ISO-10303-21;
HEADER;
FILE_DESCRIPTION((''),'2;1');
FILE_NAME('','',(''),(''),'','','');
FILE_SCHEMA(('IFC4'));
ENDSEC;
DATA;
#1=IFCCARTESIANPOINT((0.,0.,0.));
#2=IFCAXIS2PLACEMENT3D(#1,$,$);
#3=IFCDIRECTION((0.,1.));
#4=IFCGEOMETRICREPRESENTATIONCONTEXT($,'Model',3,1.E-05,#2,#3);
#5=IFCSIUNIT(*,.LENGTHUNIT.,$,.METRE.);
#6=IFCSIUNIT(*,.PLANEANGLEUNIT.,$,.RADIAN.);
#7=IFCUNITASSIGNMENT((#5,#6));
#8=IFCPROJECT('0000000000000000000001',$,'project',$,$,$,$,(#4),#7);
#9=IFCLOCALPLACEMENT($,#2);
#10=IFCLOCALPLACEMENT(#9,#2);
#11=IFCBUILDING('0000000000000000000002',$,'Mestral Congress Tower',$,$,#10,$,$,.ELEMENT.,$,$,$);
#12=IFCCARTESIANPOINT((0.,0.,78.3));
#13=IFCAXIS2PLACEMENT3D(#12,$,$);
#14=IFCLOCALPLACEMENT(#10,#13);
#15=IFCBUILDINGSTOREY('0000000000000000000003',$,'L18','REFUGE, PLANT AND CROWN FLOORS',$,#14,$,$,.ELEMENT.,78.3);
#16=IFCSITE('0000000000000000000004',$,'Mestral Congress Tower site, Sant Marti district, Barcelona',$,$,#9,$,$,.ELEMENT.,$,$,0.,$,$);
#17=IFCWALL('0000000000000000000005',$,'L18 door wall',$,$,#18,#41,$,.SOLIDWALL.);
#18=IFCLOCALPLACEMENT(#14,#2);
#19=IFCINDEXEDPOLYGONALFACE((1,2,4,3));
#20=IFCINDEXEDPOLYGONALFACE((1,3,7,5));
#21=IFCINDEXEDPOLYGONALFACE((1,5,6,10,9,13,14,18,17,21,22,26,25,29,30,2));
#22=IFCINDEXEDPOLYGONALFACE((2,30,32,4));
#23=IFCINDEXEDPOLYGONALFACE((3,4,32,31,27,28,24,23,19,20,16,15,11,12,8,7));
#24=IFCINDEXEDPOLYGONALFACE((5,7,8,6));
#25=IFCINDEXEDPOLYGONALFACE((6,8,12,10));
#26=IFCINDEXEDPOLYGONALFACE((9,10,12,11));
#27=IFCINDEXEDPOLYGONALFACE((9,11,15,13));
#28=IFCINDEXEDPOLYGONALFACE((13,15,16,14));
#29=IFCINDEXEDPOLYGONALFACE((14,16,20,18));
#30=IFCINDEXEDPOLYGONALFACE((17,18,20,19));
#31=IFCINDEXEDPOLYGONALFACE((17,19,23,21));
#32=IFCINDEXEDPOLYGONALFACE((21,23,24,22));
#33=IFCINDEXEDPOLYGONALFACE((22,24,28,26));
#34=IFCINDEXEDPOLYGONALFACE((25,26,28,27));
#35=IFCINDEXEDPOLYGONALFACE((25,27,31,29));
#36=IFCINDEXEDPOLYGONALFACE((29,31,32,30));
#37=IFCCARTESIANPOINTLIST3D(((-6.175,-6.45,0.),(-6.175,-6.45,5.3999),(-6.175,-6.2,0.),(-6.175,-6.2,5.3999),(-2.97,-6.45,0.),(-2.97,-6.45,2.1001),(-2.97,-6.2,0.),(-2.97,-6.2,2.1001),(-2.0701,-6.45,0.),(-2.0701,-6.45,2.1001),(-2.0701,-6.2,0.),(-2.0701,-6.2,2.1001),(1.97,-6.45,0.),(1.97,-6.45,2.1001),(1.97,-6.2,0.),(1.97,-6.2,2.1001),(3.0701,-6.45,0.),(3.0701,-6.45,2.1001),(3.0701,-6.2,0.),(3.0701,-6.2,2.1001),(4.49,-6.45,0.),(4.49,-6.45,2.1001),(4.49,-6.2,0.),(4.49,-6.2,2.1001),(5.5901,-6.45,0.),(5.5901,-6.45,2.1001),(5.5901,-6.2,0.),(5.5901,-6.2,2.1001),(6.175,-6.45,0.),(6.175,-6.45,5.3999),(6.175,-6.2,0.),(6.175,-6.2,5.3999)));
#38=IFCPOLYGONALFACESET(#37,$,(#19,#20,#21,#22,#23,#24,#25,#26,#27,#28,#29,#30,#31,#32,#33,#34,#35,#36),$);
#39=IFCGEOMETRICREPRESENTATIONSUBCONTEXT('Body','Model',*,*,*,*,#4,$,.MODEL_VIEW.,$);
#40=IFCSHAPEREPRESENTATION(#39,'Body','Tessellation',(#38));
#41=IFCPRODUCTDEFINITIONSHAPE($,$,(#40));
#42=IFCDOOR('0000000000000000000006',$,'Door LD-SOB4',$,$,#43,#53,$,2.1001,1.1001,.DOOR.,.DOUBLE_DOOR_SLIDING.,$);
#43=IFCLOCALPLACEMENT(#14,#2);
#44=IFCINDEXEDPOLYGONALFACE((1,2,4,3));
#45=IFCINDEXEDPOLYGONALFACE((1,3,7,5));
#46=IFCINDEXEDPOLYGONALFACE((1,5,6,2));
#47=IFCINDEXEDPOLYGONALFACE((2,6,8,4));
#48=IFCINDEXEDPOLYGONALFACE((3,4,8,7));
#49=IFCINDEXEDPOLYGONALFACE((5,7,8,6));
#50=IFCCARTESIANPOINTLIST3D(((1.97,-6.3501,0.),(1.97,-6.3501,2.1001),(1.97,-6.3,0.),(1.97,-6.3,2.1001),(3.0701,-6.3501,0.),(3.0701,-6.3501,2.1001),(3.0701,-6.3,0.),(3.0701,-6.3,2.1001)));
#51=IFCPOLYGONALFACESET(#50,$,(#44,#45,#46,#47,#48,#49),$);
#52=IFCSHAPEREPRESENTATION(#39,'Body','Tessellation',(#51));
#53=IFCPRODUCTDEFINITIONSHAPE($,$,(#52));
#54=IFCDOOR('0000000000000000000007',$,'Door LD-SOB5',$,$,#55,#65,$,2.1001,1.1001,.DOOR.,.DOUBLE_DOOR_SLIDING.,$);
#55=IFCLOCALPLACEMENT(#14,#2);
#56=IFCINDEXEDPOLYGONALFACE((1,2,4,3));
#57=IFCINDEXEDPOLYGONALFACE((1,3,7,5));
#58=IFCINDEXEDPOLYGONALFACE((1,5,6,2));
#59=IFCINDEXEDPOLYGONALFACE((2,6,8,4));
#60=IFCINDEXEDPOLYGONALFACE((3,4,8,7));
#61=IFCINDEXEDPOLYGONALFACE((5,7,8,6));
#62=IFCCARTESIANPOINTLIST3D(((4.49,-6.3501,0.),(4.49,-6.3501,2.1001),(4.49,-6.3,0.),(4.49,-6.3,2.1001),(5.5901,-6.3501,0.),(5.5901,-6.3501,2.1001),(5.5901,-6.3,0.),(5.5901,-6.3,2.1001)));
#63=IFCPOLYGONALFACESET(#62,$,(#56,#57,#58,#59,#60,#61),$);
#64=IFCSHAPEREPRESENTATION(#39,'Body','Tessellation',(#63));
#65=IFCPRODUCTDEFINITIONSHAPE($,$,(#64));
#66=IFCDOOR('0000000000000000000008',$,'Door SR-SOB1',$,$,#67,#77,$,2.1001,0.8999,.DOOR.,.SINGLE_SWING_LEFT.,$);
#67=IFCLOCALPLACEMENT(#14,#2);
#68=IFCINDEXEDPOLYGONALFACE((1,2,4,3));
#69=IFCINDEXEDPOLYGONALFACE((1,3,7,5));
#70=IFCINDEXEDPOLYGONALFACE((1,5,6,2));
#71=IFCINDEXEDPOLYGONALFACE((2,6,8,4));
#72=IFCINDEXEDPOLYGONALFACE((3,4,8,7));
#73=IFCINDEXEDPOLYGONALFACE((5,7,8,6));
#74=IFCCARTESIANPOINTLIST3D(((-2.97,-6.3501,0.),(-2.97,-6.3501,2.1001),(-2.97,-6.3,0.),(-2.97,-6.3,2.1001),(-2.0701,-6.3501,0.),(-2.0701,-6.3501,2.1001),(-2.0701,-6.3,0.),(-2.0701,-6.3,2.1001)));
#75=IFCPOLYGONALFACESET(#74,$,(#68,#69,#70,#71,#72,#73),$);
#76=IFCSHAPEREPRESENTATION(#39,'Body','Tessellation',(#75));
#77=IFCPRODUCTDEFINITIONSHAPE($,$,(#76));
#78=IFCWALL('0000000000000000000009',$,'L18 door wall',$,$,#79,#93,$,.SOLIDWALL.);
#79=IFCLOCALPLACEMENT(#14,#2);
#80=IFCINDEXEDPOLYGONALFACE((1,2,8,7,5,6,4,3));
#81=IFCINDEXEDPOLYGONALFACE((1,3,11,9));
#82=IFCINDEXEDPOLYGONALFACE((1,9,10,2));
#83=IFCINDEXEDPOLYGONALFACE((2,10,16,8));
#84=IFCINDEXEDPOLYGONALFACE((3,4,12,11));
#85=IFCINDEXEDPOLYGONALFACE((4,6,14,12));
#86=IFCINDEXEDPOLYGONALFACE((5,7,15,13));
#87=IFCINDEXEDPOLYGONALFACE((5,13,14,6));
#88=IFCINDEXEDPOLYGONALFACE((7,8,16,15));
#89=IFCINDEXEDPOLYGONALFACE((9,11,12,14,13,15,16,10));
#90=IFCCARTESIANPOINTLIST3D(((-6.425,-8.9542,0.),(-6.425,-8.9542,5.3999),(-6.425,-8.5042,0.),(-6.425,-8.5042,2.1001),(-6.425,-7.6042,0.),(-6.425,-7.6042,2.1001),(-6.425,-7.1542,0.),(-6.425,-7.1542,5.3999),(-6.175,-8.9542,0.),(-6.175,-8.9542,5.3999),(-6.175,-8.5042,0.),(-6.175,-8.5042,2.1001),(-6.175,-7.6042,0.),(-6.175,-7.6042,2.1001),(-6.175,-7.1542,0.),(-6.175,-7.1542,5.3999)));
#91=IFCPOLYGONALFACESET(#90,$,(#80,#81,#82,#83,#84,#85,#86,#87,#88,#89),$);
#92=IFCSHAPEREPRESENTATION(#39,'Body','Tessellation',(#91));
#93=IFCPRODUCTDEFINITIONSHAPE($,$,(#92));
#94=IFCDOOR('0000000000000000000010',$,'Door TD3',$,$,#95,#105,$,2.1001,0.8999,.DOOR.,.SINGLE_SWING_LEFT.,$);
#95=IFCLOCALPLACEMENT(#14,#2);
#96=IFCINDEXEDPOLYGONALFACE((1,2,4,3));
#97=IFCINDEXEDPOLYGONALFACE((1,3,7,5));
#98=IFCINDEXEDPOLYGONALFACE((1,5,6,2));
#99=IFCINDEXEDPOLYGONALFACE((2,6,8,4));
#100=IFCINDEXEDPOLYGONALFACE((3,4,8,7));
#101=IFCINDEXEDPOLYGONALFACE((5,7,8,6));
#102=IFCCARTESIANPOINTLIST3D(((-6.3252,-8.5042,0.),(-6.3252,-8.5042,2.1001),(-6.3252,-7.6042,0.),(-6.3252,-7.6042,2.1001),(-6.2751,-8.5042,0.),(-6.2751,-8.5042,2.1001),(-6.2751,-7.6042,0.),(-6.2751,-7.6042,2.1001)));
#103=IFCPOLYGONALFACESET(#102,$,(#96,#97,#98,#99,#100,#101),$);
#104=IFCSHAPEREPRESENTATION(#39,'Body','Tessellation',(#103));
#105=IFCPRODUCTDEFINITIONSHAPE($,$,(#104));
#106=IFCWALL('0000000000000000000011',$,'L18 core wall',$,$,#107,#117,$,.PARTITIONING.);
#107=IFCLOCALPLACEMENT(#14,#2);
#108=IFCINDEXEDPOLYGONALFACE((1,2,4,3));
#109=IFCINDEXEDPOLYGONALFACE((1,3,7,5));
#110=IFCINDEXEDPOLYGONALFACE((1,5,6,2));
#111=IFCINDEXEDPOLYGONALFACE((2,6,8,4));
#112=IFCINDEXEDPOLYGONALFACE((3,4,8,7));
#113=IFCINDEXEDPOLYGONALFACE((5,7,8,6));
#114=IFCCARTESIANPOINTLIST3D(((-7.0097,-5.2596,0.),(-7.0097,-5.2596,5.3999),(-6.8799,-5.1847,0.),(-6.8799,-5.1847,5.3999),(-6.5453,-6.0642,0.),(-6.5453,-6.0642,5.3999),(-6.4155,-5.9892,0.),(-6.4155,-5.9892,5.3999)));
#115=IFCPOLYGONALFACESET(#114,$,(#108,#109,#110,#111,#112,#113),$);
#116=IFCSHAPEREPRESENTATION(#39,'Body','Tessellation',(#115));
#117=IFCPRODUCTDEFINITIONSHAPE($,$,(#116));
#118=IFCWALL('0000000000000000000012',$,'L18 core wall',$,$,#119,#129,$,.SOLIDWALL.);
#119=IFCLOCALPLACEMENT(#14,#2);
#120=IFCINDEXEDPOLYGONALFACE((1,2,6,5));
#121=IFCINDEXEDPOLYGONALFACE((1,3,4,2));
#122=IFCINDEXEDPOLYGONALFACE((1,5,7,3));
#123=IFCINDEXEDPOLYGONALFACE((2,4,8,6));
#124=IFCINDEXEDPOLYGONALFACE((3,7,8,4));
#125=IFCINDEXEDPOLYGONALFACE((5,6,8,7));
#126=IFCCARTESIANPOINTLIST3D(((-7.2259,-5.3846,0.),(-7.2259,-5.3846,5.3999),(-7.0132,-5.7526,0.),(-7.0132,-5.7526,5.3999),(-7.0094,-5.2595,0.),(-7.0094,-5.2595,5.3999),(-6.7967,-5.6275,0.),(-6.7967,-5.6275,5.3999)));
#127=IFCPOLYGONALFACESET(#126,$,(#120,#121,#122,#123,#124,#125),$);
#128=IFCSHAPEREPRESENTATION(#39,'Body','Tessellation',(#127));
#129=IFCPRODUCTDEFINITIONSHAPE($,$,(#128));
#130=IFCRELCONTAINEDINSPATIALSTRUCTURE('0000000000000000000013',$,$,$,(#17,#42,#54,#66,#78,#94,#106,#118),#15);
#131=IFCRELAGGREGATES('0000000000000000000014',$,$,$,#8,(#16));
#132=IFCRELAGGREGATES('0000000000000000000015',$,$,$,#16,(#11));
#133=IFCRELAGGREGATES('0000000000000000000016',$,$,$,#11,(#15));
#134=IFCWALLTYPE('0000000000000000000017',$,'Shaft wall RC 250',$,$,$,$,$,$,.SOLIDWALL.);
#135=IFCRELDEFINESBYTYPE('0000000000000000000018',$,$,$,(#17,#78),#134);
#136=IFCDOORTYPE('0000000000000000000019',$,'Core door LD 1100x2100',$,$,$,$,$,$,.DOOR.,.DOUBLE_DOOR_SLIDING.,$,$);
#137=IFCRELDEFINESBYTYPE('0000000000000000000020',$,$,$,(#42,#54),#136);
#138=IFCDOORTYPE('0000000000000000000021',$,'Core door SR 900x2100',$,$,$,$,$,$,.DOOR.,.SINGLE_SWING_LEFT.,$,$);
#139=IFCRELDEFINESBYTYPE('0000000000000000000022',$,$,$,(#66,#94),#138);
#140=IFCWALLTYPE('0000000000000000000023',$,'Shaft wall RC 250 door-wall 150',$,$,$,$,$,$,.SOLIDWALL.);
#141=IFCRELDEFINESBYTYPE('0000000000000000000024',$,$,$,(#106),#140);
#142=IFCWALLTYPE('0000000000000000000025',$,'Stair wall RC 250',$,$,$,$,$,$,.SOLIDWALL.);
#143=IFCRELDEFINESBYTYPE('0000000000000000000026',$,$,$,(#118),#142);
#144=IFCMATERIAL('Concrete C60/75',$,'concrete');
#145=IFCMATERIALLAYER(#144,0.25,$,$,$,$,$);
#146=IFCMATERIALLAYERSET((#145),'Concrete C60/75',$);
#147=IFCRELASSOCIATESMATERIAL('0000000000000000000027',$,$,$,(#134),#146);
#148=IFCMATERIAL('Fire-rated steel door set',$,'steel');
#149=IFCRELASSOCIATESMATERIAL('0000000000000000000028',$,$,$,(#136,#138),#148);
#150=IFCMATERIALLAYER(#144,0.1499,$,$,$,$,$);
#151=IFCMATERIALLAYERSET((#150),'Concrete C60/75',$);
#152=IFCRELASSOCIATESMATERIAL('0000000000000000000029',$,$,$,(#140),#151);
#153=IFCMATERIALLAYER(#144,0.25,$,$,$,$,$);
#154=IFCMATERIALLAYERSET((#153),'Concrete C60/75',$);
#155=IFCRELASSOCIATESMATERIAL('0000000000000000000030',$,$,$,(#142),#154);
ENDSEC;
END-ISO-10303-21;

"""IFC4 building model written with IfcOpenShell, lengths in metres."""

from ifc_helpers import new_model, si_unit, direction, frame, frame_2d, origin, place, context, subcontext, project, spatial, rectangle, extrude, material, layer, layer_set, type_object, element, fill, save


model = new_model("IFC4")

# Units and contexts
model_context = context("Model", 3, precision=1e-05, world=origin(), true_north=direction((0.0, 1.0)))
body_context = subcontext(model_context, "Body", "Model", "MODEL_VIEW")
ifc_project = project(units=[si_unit("LENGTHUNIT", "METRE"), si_unit("PLANEANGLEUNIT", "RADIAN")], contexts=[model_context])

# Site, building, storey
site_placement = place(None, origin())
site = spatial("IfcSite", under=ifc_project, at=site_placement, Name="Mestral Congress Tower site, Sant Marti district, Barcelona", CompositionType="ELEMENT", RefElevation=0.0)
building_placement = place(site_placement, origin())
building = spatial("IfcBuilding", under=site, at=building_placement, Name="Mestral Congress Tower", CompositionType="ELEMENT")
storey_placement = place(building_placement, frame((0.0, 0.0, 78.3)))
storey = spatial("IfcBuildingStorey", under=building, at=storey_placement, Name="L18", Description="REFUGE, PLANT AND CROWN FLOORS", CompositionType="ELEMENT", Elevation=78.3)

# Wall, openings, doors
ifc_material_1 = material(Name="Concrete C60/75", Category="concrete")
ifc_layer_1 = layer(ifc_material_1, 0.25)
ifc_layer_set_1 = layer_set([ifc_layer_1], Name="Concrete C60/75")
wall_type_1 = type_object("IfcWallType", Name="Shaft wall RC 250", PredefinedType="SOLIDWALL", material=ifc_layer_set_1)
ifc_material_2 = material(Name="Fire-rated steel door set", Category="steel")
door_type_1 = type_object("IfcDoorType", Name="Core door LD 1100x2100", OperationType="DOUBLE_DOOR_SLIDING", PredefinedType="DOOR", material=ifc_material_2)
wall_1_placement = place(storey_placement, frame((-6.175, -6.325, 0.0), z_axis=(0.0, 0.0, 1.0), x_axis=(1.0, 0.0, 0.0)))
wall_1 = element("IfcWall", 1, at=wall_1_placement, inside=storey, type_object=wall_type_1, Name="L18 door wall", PredefinedType="SOLIDWALL", context=body_context, shape_type="SweptSolid", body=[
    extrude(rectangle(XDim=12.3501, YDim=0.25, at=frame_2d((6.175, 0.0))), origin(), (0.0, 0.0, 1.0), 5.3999),
])
opening_1_placement = place(wall_1_placement, frame((3.2051, 0.0, 0.0)))
opening_1 = element("IfcOpeningElement", 2, at=opening_1_placement, cuts=wall_1, PredefinedType="OPENING", context=body_context, shape_type="SweptSolid", body=[
    extrude(rectangle(XDim=0.8999, YDim=2.1001, at=frame_2d((0.45, 1.05))), frame((0.0, 0.135, 0.0), z_axis=(0.0, -1.0, 0.0), x_axis=(1.0, 0.0, 0.0)), (0.0, 0.0, 1.0), 0.27),
])
opening_2_placement = place(wall_1_placement, frame((8.145, 0.0, 0.0)))
opening_2 = element("IfcOpeningElement", 3, at=opening_2_placement, cuts=wall_1, PredefinedType="OPENING", context=body_context, shape_type="SweptSolid", body=[
    extrude(rectangle(XDim=1.1001, YDim=2.1001, at=frame_2d((0.55, 1.05))), frame((0.0, 0.135, 0.0), z_axis=(0.0, -1.0, 0.0), x_axis=(1.0, 0.0, 0.0)), (0.0, 0.0, 1.0), 0.27),
])
opening_3_placement = place(wall_1_placement, frame((10.665, 0.0, 0.0)))
opening_3 = element("IfcOpeningElement", 4, at=opening_3_placement, cuts=wall_1, PredefinedType="OPENING", context=body_context, shape_type="SweptSolid", body=[
    extrude(rectangle(XDim=1.1001, YDim=2.1001, at=frame_2d((0.55, 1.05))), frame((0.0, 0.135, 0.0), z_axis=(0.0, -1.0, 0.0), x_axis=(1.0, 0.0, 0.0)), (0.0, 0.0, 1.0), 0.27),
])
door_1_placement = place(opening_2_placement, origin())
door_1 = element("IfcDoor", 5, at=door_1_placement, inside=storey, type_object=door_type_1, Name="Door LD-SOB4", OperationType="DOUBLE_DOOR_SLIDING", OverallHeight=2.1001, OverallWidth=1.1001, PredefinedType="DOOR", context=body_context, shape_type="SweptSolid", body=[
    extrude(rectangle(XDim=1.1001, YDim=2.1001, at=frame_2d((0.55, 1.05))), frame((0.0, 0.0249, 0.0), z_axis=(0.0, -1.0, 0.0), x_axis=(1.0, 0.0, 0.0)), (0.0, 0.0, 1.0), 0.05),
])
fill(opening_2, door_1)
door_2_placement = place(opening_3_placement, origin())
door_2 = element("IfcDoor", 6, at=door_2_placement, inside=storey, type_object=door_type_1, Name="Door LD-SOB5", OperationType="DOUBLE_DOOR_SLIDING", OverallHeight=2.1001, OverallWidth=1.1001, PredefinedType="DOOR", context=body_context, shape_type="SweptSolid", body=[
    extrude(rectangle(XDim=1.1001, YDim=2.1001, at=frame_2d((0.55, 1.05))), frame((0.0, 0.0249, 0.0), z_axis=(0.0, -1.0, 0.0), x_axis=(1.0, 0.0, 0.0)), (0.0, 0.0, 1.0), 0.05),
])
fill(opening_3, door_2)
door_type_2 = type_object("IfcDoorType", Name="Core door SR 900x2100", OperationType="SINGLE_SWING_LEFT", PredefinedType="DOOR", material=ifc_material_2)
door_3_placement = place(opening_1_placement, origin())
door_3 = element("IfcDoor", 7, at=door_3_placement, inside=storey, type_object=door_type_2, Name="Door SR-SOB1", OperationType="SINGLE_SWING_LEFT", OverallHeight=2.1001, OverallWidth=0.8999, PredefinedType="DOOR", context=body_context, shape_type="SweptSolid", body=[
    extrude(rectangle(XDim=0.8999, YDim=2.1001, at=frame_2d((0.45, 1.05))), frame((0.0, 0.0249, 0.0), z_axis=(0.0, -1.0, 0.0), x_axis=(1.0, 0.0, 0.0)), (0.0, 0.0, 1.0), 0.05),
])
fill(opening_1, door_3)

# Wall, opening, door
wall_2_placement = place(storey_placement, frame((-6.3, -7.1543, 0.0), z_axis=(0.0, 0.0, 1.0), x_axis=(0.0, -1.0, 0.0)))
wall_2 = element("IfcWall", 8, at=wall_2_placement, inside=storey, type_object=wall_type_1, Name="L18 door wall", PredefinedType="SOLIDWALL", context=body_context, shape_type="SweptSolid", body=[
    extrude(rectangle(XDim=1.8, YDim=0.25, at=frame_2d((0.8999, 0.0))), origin(), (0.0, 0.0, 1.0), 5.3999),
])
opening_4_placement = place(wall_2_placement, frame((0.45, 0.0, 0.0)))
opening_4 = element("IfcOpeningElement", 9, at=opening_4_placement, cuts=wall_2, PredefinedType="OPENING", context=body_context, shape_type="SweptSolid", body=[
    extrude(rectangle(XDim=0.8999, YDim=2.1001, at=frame_2d((0.45, 1.05))), frame((0.0, 0.135, 0.0), z_axis=(0.0, -1.0, 0.0), x_axis=(1.0, 0.0, 0.0)), (0.0, 0.0, 1.0), 0.27),
])
door_4_placement = place(opening_4_placement, origin())
door_4 = element("IfcDoor", 10, at=door_4_placement, inside=storey, type_object=door_type_2, Name="Door TD3", OperationType="SINGLE_SWING_LEFT", OverallHeight=2.1001, OverallWidth=0.8999, PredefinedType="DOOR", context=body_context, shape_type="SweptSolid", body=[
    extrude(rectangle(XDim=0.8999, YDim=2.1001, at=frame_2d((0.45, 1.05))), frame((0.0, 0.0249, 0.0), z_axis=(0.0, -1.0, 0.0), x_axis=(1.0, 0.0, 0.0)), (0.0, 0.0, 1.0), 0.05),
])
fill(opening_4, door_4)

# Walls
ifc_layer_2 = layer(ifc_material_1, 0.1499)
ifc_layer_set_2 = layer_set([ifc_layer_2], Name="Concrete C60/75")
wall_type_2 = type_object("IfcWallType", Name="Shaft wall RC 250 door-wall 150", PredefinedType="SOLIDWALL", material=ifc_layer_set_2)
wall_3_placement = place(storey_placement, frame((-6.4805, -6.0266, 0.0), z_axis=(0.0, 0.0, 1.0), x_axis=(-0.499927, 0.866067, 0.0)))
element("IfcWall", 11, at=wall_3_placement, inside=storey, type_object=wall_type_2, Name="L18 core wall", PredefinedType="PARTITIONING", context=body_context, shape_type="SweptSolid", body=[
    extrude(rectangle(XDim=0.929, YDim=0.1499, at=frame_2d((0.4644, 0.0))), origin(), (0.0, 0.0, 1.0), 5.3999),
])
ifc_layer_3 = layer(ifc_material_1, 0.25)
ifc_layer_set_3 = layer_set([ifc_layer_3], Name="Concrete C60/75")
wall_type_3 = type_object("IfcWallType", Name="Stair wall RC 250", PredefinedType="SOLIDWALL", material=ifc_layer_set_3)
wall_4_placement = place(storey_placement, frame((-6.905, -5.6899, 0.0), z_axis=(0.0, 0.0, 1.0), x_axis=(-0.500402, 0.865793, 0.0)))
element("IfcWall", 12, at=wall_4_placement, inside=storey, type_object=wall_type_3, Name="L18 core wall", PredefinedType="SOLIDWALL", context=body_context, shape_type="SweptSolid", body=[
    extrude(rectangle(XDim=0.425, YDim=0.25, at=frame_2d((0.2124, 0.0))), origin(), (0.0, 0.0, 1.0), 5.3999),
])

save(model, "model.ifc")
